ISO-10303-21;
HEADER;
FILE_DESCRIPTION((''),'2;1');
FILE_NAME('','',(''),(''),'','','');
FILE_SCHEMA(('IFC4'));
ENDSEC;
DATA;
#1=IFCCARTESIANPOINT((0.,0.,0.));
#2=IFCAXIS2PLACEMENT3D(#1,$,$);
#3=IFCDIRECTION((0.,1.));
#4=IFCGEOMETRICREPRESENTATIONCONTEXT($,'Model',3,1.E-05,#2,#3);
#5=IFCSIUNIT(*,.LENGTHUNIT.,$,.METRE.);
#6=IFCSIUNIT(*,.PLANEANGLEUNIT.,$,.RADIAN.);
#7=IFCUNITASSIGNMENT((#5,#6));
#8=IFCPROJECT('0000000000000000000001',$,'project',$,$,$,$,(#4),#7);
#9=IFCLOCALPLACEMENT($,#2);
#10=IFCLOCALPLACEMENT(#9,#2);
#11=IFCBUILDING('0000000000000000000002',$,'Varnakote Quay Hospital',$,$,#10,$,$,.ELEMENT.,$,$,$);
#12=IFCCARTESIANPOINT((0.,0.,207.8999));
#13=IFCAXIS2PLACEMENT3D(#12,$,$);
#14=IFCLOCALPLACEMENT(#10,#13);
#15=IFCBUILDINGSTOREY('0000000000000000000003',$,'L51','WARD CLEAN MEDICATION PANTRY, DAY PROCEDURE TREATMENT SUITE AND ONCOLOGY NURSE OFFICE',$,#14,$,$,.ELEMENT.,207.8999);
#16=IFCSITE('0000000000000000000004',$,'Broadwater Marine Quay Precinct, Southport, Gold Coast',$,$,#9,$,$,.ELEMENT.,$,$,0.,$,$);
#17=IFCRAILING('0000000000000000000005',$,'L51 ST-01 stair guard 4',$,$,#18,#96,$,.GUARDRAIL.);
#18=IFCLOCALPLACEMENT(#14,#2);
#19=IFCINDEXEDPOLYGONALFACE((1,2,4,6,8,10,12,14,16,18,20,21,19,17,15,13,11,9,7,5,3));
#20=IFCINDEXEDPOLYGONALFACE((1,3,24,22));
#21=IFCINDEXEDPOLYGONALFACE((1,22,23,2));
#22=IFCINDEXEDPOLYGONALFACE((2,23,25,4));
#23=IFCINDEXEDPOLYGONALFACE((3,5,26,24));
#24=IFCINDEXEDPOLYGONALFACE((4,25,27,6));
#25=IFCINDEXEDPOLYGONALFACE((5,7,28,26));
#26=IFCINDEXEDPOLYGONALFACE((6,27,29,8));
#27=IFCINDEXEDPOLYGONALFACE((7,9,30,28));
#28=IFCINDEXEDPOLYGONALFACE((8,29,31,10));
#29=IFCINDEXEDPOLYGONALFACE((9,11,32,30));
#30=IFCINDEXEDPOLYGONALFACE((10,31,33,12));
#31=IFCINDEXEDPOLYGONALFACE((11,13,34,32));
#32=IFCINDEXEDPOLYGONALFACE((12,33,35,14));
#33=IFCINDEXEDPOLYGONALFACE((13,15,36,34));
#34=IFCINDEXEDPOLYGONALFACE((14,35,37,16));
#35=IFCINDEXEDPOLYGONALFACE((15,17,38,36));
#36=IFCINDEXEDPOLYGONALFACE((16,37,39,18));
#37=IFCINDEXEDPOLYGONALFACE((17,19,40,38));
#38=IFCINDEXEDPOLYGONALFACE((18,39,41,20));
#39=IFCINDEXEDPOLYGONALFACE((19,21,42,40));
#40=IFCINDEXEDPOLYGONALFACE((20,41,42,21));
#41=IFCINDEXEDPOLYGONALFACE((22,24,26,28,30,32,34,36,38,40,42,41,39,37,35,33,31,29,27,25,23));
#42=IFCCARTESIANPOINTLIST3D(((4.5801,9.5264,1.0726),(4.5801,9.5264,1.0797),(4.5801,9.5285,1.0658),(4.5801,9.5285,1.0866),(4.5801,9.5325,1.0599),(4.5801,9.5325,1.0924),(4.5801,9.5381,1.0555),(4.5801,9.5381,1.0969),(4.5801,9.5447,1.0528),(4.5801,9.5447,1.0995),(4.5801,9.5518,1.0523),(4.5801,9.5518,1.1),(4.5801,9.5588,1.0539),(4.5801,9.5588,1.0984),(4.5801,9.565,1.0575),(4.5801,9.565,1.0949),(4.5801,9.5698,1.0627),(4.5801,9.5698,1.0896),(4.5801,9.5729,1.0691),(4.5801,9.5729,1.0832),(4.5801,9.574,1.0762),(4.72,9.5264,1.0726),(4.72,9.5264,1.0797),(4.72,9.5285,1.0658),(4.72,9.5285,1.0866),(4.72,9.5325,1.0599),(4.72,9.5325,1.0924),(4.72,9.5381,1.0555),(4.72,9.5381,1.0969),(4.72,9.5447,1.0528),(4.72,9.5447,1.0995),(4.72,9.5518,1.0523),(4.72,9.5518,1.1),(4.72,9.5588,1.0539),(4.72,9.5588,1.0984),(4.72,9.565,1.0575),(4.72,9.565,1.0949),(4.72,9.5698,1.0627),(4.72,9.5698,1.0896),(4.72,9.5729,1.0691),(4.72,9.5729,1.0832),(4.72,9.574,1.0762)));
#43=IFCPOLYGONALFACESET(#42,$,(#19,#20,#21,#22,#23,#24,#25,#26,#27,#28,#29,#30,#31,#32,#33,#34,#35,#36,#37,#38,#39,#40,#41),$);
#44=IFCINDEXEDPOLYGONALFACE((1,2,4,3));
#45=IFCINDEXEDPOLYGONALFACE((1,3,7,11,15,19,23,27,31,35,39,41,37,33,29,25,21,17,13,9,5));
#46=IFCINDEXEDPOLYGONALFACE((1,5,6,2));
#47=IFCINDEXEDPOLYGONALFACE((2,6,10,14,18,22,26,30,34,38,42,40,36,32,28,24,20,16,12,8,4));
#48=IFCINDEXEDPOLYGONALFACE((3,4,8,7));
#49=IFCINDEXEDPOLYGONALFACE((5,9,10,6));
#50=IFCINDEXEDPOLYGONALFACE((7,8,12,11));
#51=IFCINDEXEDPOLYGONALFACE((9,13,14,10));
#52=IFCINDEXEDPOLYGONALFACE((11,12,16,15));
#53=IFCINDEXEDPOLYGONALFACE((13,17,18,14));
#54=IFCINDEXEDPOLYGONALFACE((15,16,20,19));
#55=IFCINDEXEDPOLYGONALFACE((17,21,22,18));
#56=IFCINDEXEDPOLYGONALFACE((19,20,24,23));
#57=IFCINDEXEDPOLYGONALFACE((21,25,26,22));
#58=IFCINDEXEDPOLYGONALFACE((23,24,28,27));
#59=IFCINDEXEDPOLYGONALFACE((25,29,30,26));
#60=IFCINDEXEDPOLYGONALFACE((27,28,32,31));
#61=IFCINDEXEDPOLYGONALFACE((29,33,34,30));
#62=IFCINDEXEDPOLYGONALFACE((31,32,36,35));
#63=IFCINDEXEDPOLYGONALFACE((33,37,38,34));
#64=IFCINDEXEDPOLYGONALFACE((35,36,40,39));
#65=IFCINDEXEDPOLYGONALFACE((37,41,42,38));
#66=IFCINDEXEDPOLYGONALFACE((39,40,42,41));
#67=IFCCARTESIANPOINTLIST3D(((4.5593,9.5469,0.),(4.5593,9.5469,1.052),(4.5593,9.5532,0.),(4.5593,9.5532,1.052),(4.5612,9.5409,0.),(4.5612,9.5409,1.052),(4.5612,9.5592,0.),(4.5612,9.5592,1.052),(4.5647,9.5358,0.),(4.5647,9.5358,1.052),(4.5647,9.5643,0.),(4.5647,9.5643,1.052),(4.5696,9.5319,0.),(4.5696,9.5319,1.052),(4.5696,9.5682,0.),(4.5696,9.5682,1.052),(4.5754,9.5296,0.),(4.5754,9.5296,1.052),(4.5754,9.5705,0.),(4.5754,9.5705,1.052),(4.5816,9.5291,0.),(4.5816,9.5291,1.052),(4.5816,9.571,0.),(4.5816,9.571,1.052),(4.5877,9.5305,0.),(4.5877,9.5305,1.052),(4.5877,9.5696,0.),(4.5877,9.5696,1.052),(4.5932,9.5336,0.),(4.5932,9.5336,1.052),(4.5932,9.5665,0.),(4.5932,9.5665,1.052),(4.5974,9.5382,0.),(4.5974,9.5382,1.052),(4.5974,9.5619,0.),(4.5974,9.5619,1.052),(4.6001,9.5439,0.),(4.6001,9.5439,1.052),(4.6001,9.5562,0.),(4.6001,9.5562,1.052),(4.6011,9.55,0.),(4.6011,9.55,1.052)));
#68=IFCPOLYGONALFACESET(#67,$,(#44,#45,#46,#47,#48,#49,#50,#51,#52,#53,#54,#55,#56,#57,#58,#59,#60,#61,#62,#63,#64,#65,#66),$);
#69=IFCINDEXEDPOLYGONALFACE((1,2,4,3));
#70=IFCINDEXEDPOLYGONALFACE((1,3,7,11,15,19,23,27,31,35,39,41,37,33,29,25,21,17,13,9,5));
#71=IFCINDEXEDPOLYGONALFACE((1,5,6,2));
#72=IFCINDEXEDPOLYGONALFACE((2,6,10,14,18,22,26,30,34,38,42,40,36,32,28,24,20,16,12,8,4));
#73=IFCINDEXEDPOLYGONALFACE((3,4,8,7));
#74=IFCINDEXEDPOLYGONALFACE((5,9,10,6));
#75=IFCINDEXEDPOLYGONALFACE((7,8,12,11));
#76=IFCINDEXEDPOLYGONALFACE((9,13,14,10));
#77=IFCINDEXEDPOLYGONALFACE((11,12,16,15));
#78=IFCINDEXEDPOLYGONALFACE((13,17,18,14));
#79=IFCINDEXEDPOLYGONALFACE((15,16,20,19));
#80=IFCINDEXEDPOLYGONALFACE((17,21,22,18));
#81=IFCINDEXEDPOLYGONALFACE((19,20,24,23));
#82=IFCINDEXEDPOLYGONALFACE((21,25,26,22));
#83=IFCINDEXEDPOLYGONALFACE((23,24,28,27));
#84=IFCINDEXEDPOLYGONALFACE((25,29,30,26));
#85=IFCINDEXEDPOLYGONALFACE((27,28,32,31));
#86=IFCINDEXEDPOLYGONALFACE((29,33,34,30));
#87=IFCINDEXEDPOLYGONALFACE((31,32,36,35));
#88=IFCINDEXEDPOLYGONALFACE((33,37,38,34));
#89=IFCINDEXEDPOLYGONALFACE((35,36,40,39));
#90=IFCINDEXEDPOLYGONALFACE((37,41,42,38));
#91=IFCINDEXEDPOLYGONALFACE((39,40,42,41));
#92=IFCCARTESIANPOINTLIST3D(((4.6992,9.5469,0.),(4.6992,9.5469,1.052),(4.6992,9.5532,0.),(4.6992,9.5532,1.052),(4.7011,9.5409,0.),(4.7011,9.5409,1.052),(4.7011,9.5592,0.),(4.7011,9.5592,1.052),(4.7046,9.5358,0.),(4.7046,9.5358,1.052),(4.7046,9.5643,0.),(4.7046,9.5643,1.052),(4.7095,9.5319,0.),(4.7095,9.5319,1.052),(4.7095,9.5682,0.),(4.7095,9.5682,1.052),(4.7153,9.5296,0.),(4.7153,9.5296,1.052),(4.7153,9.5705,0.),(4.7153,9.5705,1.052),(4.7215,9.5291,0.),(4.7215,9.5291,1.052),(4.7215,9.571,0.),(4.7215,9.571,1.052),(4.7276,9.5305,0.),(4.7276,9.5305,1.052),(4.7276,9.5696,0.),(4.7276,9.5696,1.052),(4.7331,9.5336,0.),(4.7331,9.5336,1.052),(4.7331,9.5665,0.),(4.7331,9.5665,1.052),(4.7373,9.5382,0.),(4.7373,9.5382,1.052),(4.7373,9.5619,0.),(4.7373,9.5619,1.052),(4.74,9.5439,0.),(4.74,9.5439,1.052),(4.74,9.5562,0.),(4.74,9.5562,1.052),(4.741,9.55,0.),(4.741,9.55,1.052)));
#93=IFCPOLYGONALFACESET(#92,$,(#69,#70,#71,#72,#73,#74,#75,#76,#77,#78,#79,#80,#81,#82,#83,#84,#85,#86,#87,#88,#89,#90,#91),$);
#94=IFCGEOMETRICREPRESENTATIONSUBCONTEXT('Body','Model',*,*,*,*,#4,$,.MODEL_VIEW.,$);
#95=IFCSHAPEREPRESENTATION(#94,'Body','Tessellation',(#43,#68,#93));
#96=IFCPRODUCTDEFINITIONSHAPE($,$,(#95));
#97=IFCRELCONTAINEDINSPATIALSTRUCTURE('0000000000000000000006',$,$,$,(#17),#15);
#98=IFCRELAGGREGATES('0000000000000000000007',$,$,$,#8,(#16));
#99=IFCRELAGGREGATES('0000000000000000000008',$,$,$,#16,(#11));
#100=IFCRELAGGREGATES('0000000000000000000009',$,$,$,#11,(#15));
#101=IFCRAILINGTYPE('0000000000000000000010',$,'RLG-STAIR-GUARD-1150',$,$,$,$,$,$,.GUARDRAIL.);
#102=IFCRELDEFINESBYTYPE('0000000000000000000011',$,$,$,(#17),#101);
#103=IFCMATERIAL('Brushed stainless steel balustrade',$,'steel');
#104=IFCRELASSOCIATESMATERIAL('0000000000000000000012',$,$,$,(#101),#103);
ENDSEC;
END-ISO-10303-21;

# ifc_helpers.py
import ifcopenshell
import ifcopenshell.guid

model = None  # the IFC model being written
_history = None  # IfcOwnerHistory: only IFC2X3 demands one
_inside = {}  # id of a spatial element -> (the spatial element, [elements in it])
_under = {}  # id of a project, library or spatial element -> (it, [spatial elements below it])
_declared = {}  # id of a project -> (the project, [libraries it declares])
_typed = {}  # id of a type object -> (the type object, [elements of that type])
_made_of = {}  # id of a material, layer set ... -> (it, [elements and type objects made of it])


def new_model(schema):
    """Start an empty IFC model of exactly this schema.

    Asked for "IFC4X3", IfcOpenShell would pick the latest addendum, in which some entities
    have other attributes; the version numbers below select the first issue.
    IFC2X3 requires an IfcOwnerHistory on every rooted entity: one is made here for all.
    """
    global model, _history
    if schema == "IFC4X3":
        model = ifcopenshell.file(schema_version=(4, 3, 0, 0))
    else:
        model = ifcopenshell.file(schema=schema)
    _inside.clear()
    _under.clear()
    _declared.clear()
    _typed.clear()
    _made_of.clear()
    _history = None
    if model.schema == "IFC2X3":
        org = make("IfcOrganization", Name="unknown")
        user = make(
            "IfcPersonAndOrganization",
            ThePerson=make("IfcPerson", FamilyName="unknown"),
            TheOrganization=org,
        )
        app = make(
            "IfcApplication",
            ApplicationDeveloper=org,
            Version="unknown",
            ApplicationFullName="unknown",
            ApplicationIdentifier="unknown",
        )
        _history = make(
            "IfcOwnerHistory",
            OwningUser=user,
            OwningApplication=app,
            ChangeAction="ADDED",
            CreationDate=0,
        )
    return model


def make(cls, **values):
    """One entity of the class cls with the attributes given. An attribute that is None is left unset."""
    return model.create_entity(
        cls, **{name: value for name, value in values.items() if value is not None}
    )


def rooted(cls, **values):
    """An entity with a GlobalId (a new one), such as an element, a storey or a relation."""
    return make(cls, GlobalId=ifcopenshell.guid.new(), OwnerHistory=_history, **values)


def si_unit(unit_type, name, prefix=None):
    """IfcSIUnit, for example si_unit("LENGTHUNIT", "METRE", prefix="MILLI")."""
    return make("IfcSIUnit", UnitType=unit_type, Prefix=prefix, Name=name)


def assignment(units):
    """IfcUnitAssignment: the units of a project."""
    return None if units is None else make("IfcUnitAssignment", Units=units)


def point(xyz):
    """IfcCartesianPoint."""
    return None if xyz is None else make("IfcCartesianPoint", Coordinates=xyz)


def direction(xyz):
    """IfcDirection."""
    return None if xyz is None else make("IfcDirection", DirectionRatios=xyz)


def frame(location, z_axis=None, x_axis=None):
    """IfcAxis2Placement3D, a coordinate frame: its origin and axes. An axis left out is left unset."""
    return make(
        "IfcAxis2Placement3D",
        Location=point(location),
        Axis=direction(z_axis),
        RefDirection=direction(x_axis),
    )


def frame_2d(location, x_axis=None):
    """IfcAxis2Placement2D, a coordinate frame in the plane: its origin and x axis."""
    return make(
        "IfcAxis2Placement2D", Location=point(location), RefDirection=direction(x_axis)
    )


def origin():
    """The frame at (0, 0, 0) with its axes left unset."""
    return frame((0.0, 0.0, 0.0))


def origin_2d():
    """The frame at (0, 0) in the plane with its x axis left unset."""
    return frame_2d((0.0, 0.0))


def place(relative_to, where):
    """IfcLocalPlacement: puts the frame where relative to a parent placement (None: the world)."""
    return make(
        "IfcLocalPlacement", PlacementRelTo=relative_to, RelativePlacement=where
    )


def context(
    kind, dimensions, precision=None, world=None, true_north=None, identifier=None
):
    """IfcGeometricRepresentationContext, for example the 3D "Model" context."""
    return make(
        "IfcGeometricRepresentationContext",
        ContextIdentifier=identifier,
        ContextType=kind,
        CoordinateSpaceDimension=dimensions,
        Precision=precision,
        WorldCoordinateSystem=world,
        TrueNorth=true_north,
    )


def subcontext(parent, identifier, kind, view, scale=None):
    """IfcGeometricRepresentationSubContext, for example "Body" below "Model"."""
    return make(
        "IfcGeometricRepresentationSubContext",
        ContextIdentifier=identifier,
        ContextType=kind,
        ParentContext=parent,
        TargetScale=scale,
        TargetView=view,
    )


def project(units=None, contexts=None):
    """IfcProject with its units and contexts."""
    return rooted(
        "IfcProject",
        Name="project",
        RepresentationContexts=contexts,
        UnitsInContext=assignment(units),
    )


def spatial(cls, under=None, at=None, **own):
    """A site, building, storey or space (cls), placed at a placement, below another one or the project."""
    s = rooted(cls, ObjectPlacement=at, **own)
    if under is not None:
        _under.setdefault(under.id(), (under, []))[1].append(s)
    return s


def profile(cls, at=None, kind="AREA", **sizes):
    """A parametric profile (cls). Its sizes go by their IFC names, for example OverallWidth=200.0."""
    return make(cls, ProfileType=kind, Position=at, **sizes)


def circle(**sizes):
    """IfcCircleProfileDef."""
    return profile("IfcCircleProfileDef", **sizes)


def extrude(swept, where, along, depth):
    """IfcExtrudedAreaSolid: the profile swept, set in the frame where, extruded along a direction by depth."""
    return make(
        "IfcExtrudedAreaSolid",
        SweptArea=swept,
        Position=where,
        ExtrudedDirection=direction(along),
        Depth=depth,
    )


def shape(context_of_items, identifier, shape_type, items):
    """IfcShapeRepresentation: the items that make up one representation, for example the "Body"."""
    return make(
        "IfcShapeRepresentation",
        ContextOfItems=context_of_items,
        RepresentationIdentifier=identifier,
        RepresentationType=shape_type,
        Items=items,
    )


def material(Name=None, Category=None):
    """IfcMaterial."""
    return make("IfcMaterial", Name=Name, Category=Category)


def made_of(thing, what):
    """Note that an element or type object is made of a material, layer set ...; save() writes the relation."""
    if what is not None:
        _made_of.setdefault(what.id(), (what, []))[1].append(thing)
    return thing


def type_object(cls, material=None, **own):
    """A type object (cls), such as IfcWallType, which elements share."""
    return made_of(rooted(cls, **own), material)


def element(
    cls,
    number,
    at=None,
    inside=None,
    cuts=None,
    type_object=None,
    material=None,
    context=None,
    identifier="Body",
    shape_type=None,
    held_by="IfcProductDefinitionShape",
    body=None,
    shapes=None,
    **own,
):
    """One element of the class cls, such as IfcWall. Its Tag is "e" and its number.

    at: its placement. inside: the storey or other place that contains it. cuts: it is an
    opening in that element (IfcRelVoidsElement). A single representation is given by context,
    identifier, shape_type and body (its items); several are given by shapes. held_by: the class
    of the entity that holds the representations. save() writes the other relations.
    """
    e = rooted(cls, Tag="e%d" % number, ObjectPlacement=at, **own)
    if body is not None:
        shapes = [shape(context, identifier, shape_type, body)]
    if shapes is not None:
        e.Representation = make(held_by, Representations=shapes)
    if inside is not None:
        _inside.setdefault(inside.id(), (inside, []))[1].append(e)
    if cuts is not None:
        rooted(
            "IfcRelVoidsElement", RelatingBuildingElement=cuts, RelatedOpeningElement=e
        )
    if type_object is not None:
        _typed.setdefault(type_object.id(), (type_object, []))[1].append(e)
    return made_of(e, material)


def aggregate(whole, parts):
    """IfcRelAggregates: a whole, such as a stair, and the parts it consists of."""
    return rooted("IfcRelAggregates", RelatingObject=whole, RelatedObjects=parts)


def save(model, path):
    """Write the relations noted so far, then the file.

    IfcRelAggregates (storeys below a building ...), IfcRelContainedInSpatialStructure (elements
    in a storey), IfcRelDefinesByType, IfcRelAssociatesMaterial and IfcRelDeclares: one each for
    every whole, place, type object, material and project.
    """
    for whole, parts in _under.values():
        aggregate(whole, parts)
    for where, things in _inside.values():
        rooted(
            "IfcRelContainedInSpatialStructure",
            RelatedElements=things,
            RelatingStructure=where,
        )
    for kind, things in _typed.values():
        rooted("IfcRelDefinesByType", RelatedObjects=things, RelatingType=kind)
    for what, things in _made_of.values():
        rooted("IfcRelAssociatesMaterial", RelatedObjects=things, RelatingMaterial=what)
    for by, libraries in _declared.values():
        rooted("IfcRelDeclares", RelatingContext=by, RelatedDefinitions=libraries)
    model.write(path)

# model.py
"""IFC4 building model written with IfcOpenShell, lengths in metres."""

from ifc_helpers import new_model, si_unit, direction, frame, origin, origin_2d, place, context, subcontext, project, spatial, circle, extrude, material, type_object, element, save


model = new_model("IFC4")

# Units and contexts
model_context = context("Model", 3, precision=1e-05, world=origin(), true_north=direction((0.0, 1.0)))
body_context = subcontext(model_context, "Body", "Model", "MODEL_VIEW")
ifc_project = project(units=[si_unit("LENGTHUNIT", "METRE"), si_unit("PLANEANGLEUNIT", "RADIAN")], contexts=[model_context])

# Site, building, storey
site_placement = place(None, origin())
site = spatial("IfcSite", under=ifc_project, at=site_placement, Name="Broadwater Marine Quay Precinct, Southport, Gold Coast", CompositionType="ELEMENT", RefElevation=0.0)
building_placement = place(site_placement, origin())
building = spatial("IfcBuilding", under=site, at=building_placement, Name="Varnakote Quay Hospital", CompositionType="ELEMENT")
storey_placement = place(building_placement, frame((0.0, 0.0, 207.8999)))
storey = spatial("IfcBuildingStorey", under=building, at=storey_placement, Name="L51", Description="WARD CLEAN MEDICATION PANTRY, DAY PROCEDURE TREATMENT SUITE AND ONCOLOGY NURSE OFFICE", CompositionType="ELEMENT", Elevation=207.8999)

# Railing
ifc_material_1 = material(Name="Brushed stainless steel balustrade", Category="steel")
railing_type_1 = type_object("IfcRailingType", Name="RLG-STAIR-GUARD-1150", PredefinedType="GUARDRAIL", material=ifc_material_1)
railing_1_placement = place(storey_placement, frame((4.5801, 9.55, 0.0)))
element("IfcRailing", 1, at=railing_1_placement, inside=storey, type_object=railing_type_1, Name="L51 ST-01 stair guard 4", PredefinedType="GUARDRAIL", context=body_context, shape_type="SweptSolid", body=[
    extrude(circle(Radius=0.0239, at=origin_2d()), frame((0.0, 0.0, 1.0762), z_axis=(1.0, 0.0, 0.0), x_axis=(0.0, 1.0, 0.0)), (0.0, 0.0, 1.0), 0.1399),
    extrude(circle(Radius=0.021, at=origin_2d()), origin(), (0.0, 0.0, 1.0), 1.052),
    extrude(circle(Radius=0.021, at=origin_2d()), frame((0.1399, 0.0, 0.0)), (0.0, 0.0, 1.0), 1.052),
])

save(model, "model.ifc")
